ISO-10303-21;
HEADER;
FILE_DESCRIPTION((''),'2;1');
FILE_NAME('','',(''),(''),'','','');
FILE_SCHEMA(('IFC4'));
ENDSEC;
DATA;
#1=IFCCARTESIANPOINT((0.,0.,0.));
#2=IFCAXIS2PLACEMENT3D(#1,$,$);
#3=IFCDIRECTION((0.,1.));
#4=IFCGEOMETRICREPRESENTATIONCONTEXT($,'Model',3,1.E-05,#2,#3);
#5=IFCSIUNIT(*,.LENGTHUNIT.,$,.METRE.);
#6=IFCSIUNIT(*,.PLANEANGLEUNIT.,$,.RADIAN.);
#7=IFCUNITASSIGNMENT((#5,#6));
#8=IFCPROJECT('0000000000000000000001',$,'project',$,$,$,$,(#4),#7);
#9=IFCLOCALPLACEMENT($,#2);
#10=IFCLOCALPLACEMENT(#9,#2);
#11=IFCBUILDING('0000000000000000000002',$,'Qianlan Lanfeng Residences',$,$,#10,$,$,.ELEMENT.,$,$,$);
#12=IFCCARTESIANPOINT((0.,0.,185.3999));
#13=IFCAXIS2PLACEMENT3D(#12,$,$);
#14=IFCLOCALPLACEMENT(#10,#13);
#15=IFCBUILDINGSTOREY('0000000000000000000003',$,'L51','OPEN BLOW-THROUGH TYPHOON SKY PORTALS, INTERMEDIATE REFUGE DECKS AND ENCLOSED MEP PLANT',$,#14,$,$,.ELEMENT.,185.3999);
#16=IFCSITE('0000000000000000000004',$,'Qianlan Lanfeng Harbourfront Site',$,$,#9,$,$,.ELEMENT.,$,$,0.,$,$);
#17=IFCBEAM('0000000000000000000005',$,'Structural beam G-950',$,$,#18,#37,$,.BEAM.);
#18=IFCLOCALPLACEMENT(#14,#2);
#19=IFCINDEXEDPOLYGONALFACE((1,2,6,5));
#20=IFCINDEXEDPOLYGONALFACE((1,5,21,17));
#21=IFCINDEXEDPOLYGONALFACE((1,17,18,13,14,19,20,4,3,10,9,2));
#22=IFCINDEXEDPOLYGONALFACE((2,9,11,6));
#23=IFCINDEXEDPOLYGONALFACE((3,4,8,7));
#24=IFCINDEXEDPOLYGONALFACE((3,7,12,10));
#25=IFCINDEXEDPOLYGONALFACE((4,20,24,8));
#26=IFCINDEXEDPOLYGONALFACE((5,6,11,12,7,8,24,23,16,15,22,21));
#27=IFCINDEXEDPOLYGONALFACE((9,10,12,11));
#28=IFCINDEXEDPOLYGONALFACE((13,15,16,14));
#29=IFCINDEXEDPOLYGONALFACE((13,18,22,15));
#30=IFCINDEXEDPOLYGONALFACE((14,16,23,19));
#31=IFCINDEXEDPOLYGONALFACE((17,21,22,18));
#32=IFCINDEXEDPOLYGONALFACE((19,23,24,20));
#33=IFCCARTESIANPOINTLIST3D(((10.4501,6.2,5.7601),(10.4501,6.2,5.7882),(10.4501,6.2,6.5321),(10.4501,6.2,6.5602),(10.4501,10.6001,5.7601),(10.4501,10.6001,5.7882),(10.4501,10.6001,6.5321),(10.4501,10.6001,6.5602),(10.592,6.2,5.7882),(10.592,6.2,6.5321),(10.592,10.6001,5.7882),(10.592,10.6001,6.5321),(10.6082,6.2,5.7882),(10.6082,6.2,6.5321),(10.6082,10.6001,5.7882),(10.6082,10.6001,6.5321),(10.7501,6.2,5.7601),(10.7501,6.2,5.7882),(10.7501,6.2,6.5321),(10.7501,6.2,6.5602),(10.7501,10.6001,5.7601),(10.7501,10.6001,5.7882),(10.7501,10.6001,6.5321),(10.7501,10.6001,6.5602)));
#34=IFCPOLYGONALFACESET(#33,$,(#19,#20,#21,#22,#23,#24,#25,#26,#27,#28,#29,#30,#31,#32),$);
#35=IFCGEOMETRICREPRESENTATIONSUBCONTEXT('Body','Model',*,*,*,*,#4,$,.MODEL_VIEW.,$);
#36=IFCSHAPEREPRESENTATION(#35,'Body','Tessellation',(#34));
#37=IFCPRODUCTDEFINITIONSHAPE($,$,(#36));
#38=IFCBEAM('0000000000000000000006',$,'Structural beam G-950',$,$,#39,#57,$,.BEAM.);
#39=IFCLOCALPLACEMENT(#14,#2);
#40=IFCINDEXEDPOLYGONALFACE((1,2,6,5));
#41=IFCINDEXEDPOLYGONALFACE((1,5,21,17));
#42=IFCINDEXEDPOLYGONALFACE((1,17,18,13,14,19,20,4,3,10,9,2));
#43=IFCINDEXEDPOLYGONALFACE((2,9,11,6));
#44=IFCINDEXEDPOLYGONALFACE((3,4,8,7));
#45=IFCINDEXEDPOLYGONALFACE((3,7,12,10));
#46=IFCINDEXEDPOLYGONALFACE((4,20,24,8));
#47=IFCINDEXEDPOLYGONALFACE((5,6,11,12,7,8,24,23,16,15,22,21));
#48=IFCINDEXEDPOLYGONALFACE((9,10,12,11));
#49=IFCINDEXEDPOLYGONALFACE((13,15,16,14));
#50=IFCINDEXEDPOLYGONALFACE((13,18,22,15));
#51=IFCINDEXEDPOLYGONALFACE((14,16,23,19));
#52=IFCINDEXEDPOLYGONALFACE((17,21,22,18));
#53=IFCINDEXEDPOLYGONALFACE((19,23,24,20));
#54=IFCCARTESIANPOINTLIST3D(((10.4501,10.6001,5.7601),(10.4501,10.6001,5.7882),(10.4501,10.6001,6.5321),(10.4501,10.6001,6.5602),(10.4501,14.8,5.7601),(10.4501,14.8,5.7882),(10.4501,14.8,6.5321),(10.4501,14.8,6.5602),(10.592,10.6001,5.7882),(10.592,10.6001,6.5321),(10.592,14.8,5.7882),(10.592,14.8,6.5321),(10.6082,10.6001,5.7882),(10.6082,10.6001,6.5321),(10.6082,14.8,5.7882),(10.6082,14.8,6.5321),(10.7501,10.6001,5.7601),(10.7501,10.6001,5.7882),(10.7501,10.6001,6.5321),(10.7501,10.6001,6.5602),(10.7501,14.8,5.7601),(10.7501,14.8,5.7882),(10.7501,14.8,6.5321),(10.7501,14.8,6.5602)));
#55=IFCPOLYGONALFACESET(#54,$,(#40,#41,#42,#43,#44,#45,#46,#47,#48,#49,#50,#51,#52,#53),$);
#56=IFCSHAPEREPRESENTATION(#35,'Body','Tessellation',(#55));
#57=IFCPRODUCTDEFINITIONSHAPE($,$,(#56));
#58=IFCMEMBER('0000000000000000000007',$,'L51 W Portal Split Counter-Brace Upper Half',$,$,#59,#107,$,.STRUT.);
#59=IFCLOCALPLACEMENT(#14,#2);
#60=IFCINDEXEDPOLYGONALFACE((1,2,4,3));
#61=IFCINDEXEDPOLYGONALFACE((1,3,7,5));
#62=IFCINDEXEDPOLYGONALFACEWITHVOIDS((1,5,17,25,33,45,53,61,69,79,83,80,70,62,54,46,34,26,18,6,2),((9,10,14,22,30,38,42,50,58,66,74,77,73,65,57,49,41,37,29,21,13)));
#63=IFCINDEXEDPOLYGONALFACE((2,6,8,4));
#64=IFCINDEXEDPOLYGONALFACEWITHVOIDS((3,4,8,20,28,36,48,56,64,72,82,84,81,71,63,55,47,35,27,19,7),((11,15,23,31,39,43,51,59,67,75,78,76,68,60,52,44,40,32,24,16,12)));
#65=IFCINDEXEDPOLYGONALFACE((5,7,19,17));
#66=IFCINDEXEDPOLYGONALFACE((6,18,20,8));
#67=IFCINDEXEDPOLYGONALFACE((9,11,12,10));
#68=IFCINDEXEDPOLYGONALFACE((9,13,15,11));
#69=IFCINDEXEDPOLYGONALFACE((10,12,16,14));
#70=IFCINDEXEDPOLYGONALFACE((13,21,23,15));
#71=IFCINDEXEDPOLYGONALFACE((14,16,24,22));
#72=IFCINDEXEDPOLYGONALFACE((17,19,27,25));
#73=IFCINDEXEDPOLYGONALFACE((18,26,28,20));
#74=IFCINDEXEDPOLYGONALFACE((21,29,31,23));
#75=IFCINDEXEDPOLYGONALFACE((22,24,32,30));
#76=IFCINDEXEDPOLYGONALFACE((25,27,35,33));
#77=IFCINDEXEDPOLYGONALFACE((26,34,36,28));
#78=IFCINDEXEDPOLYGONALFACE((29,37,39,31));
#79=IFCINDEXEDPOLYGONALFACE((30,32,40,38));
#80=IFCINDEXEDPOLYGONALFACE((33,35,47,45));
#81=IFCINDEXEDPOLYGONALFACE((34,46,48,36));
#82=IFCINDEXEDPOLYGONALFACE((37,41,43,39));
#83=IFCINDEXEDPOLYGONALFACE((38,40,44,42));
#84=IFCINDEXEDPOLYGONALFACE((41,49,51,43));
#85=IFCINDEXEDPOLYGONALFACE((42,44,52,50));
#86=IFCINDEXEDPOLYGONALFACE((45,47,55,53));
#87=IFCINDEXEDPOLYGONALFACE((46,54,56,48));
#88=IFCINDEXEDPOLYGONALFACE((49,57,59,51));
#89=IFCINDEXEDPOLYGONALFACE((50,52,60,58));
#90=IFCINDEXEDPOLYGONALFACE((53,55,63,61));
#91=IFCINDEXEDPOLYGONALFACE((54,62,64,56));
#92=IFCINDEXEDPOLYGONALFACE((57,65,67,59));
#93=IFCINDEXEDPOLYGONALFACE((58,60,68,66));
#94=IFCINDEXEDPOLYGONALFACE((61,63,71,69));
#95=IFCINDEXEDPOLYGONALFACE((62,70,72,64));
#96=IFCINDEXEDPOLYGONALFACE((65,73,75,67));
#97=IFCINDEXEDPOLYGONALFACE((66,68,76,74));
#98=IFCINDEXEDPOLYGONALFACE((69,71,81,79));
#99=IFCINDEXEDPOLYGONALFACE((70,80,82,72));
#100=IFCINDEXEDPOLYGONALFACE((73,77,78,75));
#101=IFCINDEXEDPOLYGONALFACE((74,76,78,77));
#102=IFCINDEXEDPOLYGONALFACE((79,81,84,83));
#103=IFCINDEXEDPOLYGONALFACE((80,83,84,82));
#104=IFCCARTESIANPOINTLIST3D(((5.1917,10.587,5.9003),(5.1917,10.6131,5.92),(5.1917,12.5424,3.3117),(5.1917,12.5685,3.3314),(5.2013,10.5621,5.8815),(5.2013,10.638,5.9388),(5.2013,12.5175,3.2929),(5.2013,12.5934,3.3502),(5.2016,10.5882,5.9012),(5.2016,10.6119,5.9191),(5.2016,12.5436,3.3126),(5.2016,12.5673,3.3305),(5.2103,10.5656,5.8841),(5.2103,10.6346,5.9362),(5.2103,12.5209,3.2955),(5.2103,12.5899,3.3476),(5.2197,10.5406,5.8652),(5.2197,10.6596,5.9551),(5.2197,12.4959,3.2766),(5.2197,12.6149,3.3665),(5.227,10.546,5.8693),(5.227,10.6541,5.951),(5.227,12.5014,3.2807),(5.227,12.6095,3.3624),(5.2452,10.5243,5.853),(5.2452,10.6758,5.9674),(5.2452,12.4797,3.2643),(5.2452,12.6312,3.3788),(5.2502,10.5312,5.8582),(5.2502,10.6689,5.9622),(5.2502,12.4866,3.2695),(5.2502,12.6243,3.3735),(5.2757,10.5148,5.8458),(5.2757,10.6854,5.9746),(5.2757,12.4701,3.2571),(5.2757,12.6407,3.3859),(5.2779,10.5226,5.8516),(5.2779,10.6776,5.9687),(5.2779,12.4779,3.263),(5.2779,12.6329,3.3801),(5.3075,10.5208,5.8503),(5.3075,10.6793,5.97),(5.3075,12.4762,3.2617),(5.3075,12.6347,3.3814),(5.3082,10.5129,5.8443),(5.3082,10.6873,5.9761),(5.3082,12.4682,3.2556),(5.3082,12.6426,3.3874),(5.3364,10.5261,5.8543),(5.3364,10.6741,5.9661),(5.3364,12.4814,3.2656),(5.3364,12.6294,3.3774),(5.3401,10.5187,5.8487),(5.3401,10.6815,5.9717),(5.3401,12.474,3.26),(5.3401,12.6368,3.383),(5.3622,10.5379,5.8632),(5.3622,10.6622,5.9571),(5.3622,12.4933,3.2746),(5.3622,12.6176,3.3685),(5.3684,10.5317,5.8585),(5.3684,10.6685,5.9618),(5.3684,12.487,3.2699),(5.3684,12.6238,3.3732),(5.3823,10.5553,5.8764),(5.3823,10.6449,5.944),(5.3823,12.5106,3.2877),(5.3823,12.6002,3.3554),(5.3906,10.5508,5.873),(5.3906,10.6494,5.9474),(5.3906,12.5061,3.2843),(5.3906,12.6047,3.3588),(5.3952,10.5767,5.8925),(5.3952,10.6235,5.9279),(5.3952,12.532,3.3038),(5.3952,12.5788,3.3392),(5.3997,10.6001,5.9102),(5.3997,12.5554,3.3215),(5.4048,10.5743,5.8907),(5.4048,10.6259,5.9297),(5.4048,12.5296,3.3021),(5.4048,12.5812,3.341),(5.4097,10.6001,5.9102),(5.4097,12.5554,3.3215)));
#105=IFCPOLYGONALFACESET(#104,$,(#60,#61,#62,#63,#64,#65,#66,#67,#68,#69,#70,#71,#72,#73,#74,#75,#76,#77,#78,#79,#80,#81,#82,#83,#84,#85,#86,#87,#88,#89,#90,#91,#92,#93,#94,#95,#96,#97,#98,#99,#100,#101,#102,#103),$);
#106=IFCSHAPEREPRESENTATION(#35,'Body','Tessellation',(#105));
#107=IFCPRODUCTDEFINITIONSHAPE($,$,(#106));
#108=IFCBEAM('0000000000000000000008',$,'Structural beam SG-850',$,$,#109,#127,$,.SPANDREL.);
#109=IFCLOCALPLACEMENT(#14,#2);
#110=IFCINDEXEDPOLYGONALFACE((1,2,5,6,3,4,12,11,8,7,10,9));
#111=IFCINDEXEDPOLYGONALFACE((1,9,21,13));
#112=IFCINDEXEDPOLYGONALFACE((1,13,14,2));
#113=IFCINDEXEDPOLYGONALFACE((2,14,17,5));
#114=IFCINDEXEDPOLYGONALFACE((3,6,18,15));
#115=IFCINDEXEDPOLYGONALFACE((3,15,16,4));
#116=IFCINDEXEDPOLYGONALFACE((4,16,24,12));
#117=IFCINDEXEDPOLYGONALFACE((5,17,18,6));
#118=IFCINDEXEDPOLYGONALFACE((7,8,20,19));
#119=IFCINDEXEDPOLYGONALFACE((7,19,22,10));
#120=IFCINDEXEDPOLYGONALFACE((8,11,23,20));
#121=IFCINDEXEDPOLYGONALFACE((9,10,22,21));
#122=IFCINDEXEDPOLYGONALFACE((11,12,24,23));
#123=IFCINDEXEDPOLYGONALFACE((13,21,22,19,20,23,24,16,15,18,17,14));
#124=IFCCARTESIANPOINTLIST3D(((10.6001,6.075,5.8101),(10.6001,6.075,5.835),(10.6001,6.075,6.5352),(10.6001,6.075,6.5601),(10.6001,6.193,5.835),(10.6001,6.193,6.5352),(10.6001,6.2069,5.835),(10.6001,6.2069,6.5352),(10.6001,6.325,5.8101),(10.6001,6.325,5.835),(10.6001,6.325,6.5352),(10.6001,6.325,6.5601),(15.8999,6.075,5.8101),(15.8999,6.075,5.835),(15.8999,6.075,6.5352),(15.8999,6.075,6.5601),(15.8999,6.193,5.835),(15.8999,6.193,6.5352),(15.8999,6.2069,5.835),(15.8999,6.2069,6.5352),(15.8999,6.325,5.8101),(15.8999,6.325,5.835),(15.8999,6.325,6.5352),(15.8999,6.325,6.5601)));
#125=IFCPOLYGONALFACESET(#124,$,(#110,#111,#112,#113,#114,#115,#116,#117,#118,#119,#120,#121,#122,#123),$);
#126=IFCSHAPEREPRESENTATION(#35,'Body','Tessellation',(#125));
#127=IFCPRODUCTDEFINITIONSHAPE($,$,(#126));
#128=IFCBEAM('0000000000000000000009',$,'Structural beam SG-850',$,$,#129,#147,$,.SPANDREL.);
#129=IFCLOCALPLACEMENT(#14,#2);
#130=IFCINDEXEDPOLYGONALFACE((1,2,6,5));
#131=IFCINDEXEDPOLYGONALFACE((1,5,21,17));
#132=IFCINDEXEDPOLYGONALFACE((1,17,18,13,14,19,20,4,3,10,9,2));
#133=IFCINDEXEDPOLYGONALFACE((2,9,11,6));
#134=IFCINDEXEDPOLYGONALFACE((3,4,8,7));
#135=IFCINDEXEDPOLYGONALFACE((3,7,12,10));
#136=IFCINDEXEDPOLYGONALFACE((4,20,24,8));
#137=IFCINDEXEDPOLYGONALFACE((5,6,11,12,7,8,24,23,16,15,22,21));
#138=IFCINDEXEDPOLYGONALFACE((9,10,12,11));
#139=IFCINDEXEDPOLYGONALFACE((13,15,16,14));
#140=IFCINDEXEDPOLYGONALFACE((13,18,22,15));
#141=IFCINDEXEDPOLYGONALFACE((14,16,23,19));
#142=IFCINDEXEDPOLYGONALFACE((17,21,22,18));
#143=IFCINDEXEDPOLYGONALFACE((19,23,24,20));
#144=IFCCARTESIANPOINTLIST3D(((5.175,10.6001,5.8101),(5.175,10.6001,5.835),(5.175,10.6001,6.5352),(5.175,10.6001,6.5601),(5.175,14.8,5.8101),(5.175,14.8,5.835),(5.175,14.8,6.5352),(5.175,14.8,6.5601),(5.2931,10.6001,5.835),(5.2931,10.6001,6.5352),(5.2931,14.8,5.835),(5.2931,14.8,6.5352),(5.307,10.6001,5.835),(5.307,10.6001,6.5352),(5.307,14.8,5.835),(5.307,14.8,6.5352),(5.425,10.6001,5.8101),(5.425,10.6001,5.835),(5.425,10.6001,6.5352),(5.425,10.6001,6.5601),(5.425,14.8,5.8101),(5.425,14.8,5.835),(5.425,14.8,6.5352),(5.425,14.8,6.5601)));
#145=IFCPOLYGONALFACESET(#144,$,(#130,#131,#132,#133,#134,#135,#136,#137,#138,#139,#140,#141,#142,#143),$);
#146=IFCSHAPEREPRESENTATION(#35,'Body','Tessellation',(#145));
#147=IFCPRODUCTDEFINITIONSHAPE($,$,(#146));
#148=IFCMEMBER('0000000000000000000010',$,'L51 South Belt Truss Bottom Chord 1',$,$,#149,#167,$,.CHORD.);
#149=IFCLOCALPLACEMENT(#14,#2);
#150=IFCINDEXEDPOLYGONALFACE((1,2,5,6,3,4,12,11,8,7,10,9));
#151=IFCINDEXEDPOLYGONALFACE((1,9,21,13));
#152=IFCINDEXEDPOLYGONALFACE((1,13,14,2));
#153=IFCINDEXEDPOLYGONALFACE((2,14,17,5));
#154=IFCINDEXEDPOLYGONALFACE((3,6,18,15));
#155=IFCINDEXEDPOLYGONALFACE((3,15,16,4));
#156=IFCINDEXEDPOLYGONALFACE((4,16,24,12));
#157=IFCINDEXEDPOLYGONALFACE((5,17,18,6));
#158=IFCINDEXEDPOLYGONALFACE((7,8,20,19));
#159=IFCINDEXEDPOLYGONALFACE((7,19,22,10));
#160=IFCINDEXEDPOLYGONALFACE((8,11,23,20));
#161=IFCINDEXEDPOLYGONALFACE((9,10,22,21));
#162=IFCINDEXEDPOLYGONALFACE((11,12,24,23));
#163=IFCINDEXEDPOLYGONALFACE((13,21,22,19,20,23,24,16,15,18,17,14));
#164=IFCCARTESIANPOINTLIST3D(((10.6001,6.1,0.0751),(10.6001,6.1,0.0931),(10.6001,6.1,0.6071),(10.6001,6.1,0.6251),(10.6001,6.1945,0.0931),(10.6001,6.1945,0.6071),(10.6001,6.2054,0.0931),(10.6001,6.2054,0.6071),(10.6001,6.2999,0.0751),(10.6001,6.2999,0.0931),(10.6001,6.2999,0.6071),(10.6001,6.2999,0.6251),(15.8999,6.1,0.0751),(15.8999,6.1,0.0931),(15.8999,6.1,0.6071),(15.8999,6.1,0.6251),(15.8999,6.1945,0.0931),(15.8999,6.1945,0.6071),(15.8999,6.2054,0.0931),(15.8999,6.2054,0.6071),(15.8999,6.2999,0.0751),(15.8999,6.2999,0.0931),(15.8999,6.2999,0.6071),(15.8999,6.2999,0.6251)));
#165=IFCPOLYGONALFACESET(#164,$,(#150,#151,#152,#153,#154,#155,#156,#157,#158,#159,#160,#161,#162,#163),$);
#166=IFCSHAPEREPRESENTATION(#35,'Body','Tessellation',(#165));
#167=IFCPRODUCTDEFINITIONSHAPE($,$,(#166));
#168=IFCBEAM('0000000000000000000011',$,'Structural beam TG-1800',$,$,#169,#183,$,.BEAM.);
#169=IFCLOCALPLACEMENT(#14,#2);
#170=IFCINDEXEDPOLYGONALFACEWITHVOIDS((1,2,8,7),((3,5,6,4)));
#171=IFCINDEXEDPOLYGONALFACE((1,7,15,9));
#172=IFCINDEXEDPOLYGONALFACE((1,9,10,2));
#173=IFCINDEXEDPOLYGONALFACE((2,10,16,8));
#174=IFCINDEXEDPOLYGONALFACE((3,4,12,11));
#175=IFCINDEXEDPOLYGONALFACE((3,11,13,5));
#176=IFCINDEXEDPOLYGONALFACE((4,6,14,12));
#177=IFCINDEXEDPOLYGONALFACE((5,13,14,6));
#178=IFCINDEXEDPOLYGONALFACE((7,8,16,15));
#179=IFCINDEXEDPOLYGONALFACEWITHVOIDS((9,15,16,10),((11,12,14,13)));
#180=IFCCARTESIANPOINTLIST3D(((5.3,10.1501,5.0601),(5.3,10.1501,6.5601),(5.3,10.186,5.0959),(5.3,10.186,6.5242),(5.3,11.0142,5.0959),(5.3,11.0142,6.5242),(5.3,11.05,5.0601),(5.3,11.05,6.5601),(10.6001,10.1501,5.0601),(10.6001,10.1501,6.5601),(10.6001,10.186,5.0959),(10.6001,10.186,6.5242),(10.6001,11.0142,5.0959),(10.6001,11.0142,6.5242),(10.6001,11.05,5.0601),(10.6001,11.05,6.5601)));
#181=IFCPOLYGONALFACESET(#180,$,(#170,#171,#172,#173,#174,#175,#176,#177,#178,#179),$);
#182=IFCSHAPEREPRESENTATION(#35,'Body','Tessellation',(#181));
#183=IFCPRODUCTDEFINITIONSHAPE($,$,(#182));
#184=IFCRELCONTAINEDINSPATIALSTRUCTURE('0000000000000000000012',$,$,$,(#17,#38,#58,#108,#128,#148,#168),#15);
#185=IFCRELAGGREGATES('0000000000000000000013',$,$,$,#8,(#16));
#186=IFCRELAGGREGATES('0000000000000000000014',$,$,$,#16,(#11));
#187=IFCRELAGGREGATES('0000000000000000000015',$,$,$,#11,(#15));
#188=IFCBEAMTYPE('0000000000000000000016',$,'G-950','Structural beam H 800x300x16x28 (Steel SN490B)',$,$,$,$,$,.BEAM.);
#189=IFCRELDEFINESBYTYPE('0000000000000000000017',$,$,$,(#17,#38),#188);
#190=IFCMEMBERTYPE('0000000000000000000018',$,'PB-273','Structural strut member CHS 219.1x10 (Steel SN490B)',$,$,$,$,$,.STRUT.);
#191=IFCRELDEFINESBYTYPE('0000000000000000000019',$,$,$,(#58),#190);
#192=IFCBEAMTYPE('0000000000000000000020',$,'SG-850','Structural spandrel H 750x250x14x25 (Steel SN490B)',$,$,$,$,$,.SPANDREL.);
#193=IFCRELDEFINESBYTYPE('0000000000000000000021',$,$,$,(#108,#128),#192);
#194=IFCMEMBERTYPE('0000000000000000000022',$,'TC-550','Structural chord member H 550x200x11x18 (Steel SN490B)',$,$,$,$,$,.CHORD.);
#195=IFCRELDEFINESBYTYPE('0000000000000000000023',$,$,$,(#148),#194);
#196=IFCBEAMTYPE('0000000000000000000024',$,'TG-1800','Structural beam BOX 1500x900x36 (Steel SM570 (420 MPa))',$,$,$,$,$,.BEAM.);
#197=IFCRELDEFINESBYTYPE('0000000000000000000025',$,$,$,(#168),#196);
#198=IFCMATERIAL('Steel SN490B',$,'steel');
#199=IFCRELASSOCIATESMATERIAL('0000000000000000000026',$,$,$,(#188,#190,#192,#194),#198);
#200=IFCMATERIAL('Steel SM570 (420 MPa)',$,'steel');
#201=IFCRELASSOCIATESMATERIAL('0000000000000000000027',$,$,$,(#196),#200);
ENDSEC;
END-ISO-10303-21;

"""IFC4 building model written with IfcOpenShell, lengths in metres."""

from ifc_helpers import new_model, si_unit, direction, frame, origin, origin_2d, place, context, subcontext, project, spatial, hollow_rectangle, hollow_circle, i_section, extrude, material, material_profile, profile_set, type_object, element, save


model = new_model("IFC4")

# Units and contexts
model_context = context("Model", 3, precision=1e-05, world=origin(), true_north=direction((0.0, 1.0)))
body_context = subcontext(model_context, "Body", "Model", "MODEL_VIEW")
ifc_project = project(units=[si_unit("LENGTHUNIT", "METRE"), si_unit("PLANEANGLEUNIT", "RADIAN")], contexts=[model_context])

# Site, building, storey
site_placement = place(None, origin())
site = spatial("IfcSite", under=ifc_project, at=site_placement, Name="Qianlan Lanfeng Harbourfront Site", CompositionType="ELEMENT", RefElevation=0.0)
building_placement = place(site_placement, origin())
building = spatial("IfcBuilding", under=site, at=building_placement, Name="Qianlan Lanfeng Residences", CompositionType="ELEMENT")
storey_placement = place(building_placement, frame((0.0, 0.0, 185.3999)))
storey = spatial("IfcBuildingStorey", under=building, at=storey_placement, Name="L51", Description="OPEN BLOW-THROUGH TYPHOON SKY PORTALS, INTERMEDIATE REFUGE DECKS AND ENCLOSED MEP PLANT", CompositionType="ELEMENT", Elevation=185.3999)

# Shared definitions
ifc_material_1 = material(Name="Steel SN490B", Category="steel")

# Beams
ifc_material_profile_1 = material_profile(ifc_material_1, i_section(OverallWidth=0.3, OverallDepth=0.8, WebThickness=0.0161, FlangeThickness=0.0281, at=origin_2d()), Name="H 800x300x16x28")
ifc_profile_set_1 = profile_set([ifc_material_profile_1], Name="Steel SN490B")
beam_type_1 = type_object("IfcBeamType", Name="G-950", Description="Structural beam H 800x300x16x28 (Steel SN490B)", PredefinedType="BEAM", material=ifc_profile_set_1)
beam_1_placement = place(storey_placement, frame((10.6001, 6.2, 6.1602), z_axis=(0.0, 1.0, 0.0), x_axis=(-1.0, 0.0, 0.0)))
element("IfcBeam", 1, at=beam_1_placement, inside=storey, type_object=beam_type_1, Name="Structural beam G-950", PredefinedType="BEAM", context=body_context, shape_type="SweptSolid", body=[
    extrude(i_section(OverallWidth=0.3, OverallDepth=0.8, WebThickness=0.0161, FlangeThickness=0.0281, at=origin_2d()), origin(), (0.0, 0.0, 1.0), 4.4001),
])
beam_2_placement = place(storey_placement, frame((10.6001, 10.6001, 6.1602), z_axis=(0.0, 1.0, 0.0), x_axis=(-1.0, 0.0, 0.0)))
element("IfcBeam", 2, at=beam_2_placement, inside=storey, type_object=beam_type_1, Name="Structural beam G-950", PredefinedType="BEAM", context=body_context, shape_type="SweptSolid", body=[
    extrude(i_section(OverallWidth=0.3, OverallDepth=0.8, WebThickness=0.0161, FlangeThickness=0.0281, at=origin_2d()), origin(), (0.0, 0.0, 1.0), 4.2),
])

# Member
ifc_material_profile_2 = material_profile(ifc_material_1, hollow_circle(Radius=0.1096, WallThickness=0.01, at=origin_2d()), Name="CHS 219.1x10")
ifc_profile_set_2 = profile_set([ifc_material_profile_2], Name="Steel SN490B")
member_type_1 = type_object("IfcMemberType", Name="PB-273", Description="Structural strut member CHS 219.1x10 (Steel SN490B)", PredefinedType="STRUT", material=ifc_profile_set_2)
member_1_placement = place(storey_placement, frame((5.3, 12.5554, 3.3215), z_axis=(0.0, -0.60273, 0.797945), x_axis=(1.0, 0.0, 0.0)))
element("IfcMember", 3, at=member_1_placement, inside=storey, type_object=member_type_1, Name="L51 W Portal Split Counter-Brace Upper Half", PredefinedType="STRUT", context=body_context, shape_type="SweptSolid", body=[
    extrude(hollow_circle(Radius=0.1096, WallThickness=0.01, at=origin_2d()), origin(), (0.0, 0.0, 1.0), 3.2441),
])

# Beams
ifc_material_profile_3 = material_profile(ifc_material_1, i_section(OverallWidth=0.25, OverallDepth=0.75, WebThickness=0.0139, FlangeThickness=0.0249, at=origin_2d()), Name="H 750x250x14x25")
ifc_profile_set_3 = profile_set([ifc_material_profile_3], Name="Steel SN490B")
beam_type_2 = type_object("IfcBeamType", Name="SG-850", Description="Structural spandrel H 750x250x14x25 (Steel SN490B)", PredefinedType="SPANDREL", material=ifc_profile_set_3)
beam_3_placement = place(storey_placement, frame((10.6001, 6.2, 6.1851), z_axis=(1.0, 0.0, 0.0), x_axis=(0.0, 1.0, 0.0)))
element("IfcBeam", 4, at=beam_3_placement, inside=storey, type_object=beam_type_2, Name="Structural beam SG-850", PredefinedType="SPANDREL", context=body_context, shape_type="SweptSolid", body=[
    extrude(i_section(OverallWidth=0.25, OverallDepth=0.75, WebThickness=0.0139, FlangeThickness=0.0249, at=origin_2d()), origin(), (0.0, 0.0, 1.0), 5.2998),
])
beam_4_placement = place(storey_placement, frame((5.3, 10.6001, 6.1851), z_axis=(0.0, 1.0, 0.0), x_axis=(-1.0, 0.0, 0.0)))
element("IfcBeam", 5, at=beam_4_placement, inside=storey, type_object=beam_type_2, Name="Structural beam SG-850", PredefinedType="SPANDREL", context=body_context, shape_type="SweptSolid", body=[
    extrude(i_section(OverallWidth=0.25, OverallDepth=0.75, WebThickness=0.0139, FlangeThickness=0.0249, at=origin_2d()), origin(), (0.0, 0.0, 1.0), 4.2),
])

# Member
ifc_material_profile_4 = material_profile(ifc_material_1, i_section(OverallWidth=0.2, OverallDepth=0.55, WebThickness=0.011, FlangeThickness=0.0181, at=origin_2d()), Name="H 550x200x11x18")
ifc_profile_set_4 = profile_set([ifc_material_profile_4], Name="Steel SN490B")
member_type_2 = type_object("IfcMemberType", Name="TC-550", Description="Structural chord member H 550x200x11x18 (Steel SN490B)", PredefinedType="CHORD", material=ifc_profile_set_4)
member_2_placement = place(storey_placement, frame((10.6001, 6.2, 0.3501), z_axis=(1.0, 0.0, 0.0), x_axis=(0.0, 1.0, 0.0)))
element("IfcMember", 6, at=member_2_placement, inside=storey, type_object=member_type_2, Name="L51 South Belt Truss Bottom Chord 1", PredefinedType="CHORD", context=body_context, shape_type="SweptSolid", body=[
    extrude(i_section(OverallWidth=0.2, OverallDepth=0.55, WebThickness=0.011, FlangeThickness=0.0181, at=origin_2d()), origin(), (0.0, 0.0, 1.0), 5.2998),
])

# Beam
ifc_material_2 = material(Name="Steel SM570 (420 MPa)", Category="steel")
ifc_material_profile_5 = material_profile(ifc_material_2, hollow_rectangle(XDim=0.8999, YDim=1.5, WallThickness=0.0359, at=origin_2d()), Name="BOX 1500x900x36")
ifc_profile_set_5 = profile_set([ifc_material_profile_5], Name="Steel SM570 (420 MPa)")
beam_type_3 = type_object("IfcBeamType", Name="TG-1800", Description="Structural beam BOX 1500x900x36 (Steel SM570 (420 MPa))", PredefinedType="BEAM", material=ifc_profile_set_5)
beam_5_placement = place(storey_placement, frame((5.3, 10.6001, 5.8101), z_axis=(1.0, 0.0, 0.0), x_axis=(0.0, 1.0, 0.0)))
element("IfcBeam", 7, at=beam_5_placement, inside=storey, type_object=beam_type_3, Name="Structural beam TG-1800", PredefinedType="BEAM", context=body_context, shape_type="SweptSolid", body=[
    extrude(hollow_rectangle(XDim=0.8999, YDim=1.5, WallThickness=0.0359, at=origin_2d()), origin(), (0.0, 0.0, 1.0), 5.3),
])

save(model, "model.ifc")
